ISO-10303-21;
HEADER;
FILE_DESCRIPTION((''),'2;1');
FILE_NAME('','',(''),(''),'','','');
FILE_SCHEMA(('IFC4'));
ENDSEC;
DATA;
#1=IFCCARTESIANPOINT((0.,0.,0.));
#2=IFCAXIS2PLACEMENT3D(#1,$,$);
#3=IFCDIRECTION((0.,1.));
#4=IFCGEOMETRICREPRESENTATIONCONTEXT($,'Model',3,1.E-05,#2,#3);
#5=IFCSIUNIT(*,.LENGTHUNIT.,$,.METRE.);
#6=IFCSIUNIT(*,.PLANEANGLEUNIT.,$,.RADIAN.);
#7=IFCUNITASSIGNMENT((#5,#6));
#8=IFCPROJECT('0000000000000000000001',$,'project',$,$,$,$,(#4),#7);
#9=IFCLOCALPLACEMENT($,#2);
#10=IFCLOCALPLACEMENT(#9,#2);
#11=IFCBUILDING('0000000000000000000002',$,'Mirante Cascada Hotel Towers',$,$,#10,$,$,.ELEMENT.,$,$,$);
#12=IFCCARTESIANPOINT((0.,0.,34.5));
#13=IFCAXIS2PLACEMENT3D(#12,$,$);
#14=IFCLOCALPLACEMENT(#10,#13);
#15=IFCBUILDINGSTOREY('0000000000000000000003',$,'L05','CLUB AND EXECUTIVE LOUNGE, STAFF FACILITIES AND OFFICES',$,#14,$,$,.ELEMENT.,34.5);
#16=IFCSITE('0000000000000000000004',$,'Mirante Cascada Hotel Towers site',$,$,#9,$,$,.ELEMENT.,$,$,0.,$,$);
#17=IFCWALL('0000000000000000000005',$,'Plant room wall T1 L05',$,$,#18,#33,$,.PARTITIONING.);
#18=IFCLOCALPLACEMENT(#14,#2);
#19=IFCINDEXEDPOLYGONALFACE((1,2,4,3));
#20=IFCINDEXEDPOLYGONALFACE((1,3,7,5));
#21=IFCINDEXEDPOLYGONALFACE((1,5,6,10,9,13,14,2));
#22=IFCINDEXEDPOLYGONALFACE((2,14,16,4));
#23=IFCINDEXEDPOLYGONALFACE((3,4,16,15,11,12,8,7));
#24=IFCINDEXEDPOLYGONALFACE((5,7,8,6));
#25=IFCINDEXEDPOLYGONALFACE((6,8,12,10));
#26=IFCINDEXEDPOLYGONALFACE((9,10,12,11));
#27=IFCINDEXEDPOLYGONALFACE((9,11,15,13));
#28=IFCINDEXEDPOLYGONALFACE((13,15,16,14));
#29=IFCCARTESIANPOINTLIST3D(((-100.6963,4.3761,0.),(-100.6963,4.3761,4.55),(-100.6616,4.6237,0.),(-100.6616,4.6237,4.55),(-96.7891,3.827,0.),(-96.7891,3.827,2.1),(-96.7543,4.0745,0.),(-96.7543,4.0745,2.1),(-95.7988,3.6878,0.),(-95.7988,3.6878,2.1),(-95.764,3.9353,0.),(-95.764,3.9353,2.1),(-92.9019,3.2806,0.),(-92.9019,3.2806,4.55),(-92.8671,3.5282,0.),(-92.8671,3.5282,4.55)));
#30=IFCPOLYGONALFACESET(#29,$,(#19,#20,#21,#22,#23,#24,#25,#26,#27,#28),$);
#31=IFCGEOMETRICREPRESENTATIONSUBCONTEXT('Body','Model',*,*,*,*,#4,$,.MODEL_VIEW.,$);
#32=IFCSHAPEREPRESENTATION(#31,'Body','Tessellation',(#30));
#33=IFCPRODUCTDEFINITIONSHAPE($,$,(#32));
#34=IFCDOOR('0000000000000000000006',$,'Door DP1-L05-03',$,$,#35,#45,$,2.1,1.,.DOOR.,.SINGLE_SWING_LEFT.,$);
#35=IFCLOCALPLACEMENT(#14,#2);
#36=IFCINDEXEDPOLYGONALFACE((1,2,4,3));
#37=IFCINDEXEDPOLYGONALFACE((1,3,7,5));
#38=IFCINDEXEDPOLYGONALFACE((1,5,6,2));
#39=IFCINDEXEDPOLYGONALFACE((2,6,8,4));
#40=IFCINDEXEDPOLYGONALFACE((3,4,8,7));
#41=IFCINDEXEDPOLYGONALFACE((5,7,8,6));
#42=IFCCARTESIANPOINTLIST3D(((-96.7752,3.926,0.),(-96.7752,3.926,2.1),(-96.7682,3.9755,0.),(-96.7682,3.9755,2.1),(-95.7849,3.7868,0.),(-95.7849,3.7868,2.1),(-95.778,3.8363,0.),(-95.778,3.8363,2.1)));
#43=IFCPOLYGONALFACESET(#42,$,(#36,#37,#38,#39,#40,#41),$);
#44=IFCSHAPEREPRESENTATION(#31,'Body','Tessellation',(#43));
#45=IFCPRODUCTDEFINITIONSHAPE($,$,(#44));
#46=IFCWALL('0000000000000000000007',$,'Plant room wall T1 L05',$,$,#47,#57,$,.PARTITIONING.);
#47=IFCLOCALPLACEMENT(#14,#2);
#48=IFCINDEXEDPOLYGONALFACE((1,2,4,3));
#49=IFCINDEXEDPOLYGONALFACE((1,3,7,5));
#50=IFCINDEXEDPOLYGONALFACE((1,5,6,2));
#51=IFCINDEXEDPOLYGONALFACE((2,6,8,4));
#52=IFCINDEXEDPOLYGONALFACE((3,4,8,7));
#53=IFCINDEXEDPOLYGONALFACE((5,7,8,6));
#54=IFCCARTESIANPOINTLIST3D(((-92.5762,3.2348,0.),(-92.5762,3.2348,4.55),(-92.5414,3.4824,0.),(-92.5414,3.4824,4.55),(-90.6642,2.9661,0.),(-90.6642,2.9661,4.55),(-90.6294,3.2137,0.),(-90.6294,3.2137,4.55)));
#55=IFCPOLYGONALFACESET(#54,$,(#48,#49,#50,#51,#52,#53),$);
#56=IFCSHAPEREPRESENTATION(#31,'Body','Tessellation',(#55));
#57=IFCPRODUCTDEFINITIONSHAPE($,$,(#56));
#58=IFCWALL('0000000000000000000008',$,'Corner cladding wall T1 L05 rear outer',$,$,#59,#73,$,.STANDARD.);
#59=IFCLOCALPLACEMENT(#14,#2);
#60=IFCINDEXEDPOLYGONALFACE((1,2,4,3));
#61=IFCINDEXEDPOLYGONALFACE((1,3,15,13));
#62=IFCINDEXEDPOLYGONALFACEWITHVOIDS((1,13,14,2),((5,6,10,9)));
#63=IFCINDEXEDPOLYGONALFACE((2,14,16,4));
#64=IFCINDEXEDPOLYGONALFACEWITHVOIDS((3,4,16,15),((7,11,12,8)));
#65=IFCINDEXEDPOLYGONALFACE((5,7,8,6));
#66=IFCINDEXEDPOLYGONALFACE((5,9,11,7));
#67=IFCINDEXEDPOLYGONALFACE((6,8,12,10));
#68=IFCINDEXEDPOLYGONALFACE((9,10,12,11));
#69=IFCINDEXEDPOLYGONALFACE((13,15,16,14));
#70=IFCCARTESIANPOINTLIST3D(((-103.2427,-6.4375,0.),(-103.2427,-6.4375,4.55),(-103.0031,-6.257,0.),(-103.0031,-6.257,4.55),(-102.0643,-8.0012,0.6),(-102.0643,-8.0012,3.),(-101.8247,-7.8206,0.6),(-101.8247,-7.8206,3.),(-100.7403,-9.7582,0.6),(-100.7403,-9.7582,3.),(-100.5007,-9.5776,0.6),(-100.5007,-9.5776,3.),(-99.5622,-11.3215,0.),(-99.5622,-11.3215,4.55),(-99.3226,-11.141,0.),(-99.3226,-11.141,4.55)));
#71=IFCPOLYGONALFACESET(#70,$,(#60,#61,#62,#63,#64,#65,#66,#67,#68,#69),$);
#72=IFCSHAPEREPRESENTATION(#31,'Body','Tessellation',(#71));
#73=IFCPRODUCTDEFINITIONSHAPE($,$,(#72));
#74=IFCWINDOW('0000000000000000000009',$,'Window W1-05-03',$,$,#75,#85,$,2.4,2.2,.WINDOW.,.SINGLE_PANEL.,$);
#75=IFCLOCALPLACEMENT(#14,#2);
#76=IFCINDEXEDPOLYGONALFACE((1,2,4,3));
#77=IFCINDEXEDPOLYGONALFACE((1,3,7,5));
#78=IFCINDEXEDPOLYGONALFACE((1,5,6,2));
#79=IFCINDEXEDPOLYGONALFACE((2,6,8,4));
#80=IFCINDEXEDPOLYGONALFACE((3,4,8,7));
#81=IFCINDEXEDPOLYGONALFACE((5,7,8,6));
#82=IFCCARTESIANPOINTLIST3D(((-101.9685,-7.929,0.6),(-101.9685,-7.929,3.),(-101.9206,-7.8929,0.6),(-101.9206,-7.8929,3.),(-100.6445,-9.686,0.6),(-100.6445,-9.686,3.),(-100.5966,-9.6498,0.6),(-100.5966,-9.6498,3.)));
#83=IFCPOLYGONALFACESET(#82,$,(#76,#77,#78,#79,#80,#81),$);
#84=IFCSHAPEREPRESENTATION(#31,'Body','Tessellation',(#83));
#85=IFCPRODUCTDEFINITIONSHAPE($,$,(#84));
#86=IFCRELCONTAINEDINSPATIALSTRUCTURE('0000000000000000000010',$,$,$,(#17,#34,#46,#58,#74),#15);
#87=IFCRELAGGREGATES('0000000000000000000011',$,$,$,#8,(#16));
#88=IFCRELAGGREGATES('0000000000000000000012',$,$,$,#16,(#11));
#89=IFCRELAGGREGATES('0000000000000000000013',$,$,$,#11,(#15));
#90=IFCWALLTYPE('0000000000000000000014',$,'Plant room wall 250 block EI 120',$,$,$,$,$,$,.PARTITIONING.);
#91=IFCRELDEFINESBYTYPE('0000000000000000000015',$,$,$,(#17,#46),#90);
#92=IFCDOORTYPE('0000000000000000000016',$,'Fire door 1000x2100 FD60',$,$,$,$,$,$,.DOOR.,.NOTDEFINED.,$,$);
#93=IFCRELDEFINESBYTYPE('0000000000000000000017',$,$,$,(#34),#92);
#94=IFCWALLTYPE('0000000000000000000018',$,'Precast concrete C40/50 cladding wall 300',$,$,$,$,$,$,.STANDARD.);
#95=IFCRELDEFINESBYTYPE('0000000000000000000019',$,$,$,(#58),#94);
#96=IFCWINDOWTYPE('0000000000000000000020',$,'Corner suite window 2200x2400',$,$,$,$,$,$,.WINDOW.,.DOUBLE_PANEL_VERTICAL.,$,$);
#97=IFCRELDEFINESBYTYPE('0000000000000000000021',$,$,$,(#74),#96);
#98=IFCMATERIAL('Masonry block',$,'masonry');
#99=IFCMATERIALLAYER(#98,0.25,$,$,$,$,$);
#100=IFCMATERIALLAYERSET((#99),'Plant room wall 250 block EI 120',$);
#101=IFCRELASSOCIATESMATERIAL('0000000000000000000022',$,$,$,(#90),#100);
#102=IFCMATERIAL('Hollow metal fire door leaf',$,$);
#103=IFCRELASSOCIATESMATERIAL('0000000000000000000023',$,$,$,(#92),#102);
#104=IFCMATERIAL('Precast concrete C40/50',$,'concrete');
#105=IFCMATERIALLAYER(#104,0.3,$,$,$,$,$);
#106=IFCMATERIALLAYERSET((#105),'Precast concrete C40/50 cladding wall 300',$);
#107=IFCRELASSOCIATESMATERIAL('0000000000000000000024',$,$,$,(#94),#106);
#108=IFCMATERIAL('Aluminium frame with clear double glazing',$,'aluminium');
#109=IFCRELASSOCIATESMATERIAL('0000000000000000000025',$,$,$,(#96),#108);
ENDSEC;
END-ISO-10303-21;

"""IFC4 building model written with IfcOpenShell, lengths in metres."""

from ifc_helpers import new_model, si_unit, direction, frame, frame_2d, origin, place, context, subcontext, project, spatial, rectangle, extrude, material, layer, layer_set, type_object, element, fill, save


model = new_model("IFC4")

# Units and contexts
model_context = context("Model", 3, precision=1e-05, world=origin(), true_north=direction((0.0, 1.0)))
body_context = subcontext(model_context, "Body", "Model", "MODEL_VIEW")
ifc_project = project(units=[si_unit("LENGTHUNIT", "METRE"), si_unit("PLANEANGLEUNIT", "RADIAN")], contexts=[model_context])

# Site, building, storey
site_placement = place(None, origin())
site = spatial("IfcSite", under=ifc_project, at=site_placement, Name="Mirante Cascada Hotel Towers site", CompositionType="ELEMENT", RefElevation=0.0)
building_placement = place(site_placement, origin())
building = spatial("IfcBuilding", under=site, at=building_placement, Name="Mirante Cascada Hotel Towers", CompositionType="ELEMENT")
storey_placement = place(building_placement, frame((0.0, 0.0, 34.5)))
storey = spatial("IfcBuildingStorey", under=building, at=storey_placement, Name="L05", Description="CLUB AND EXECUTIVE LOUNGE, STAFF FACILITIES AND OFFICES", CompositionType="ELEMENT", Elevation=34.5)

# Shared definitions
ifc_material_1 = material(Name="Masonry block", Category="masonry")
ifc_layer_1 = layer(ifc_material_1, 0.25)
ifc_layer_set_1 = layer_set([ifc_layer_1], Name="Plant room wall 250 block EI 120")
wall_type_1 = type_object("IfcWallType", Name="Plant room wall 250 block EI 120", PredefinedType="PARTITIONING", material=ifc_layer_set_1)

# Wall, opening, door
wall_1_placement = place(storey_placement, frame((-100.679, 4.4999, 0.0), z_axis=(0.0, 0.0, 1.0), x_axis=(0.990267, -0.13918, 0.0)))
wall_1 = element("IfcWall", 1, at=wall_1_placement, inside=storey, type_object=wall_type_1, Name="Plant room wall T1 L05", PredefinedType="PARTITIONING", context=body_context, shape_type="SweptSolid", body=[
    extrude(rectangle(XDim=7.8711, YDim=0.25, at=frame_2d((3.9356, 0.0))), origin(), (0.0, 0.0, 1.0), 4.55),
])
opening_1_placement = place(wall_1_placement, frame((3.9457, 0.0, 0.0)))
opening_1 = element("IfcOpeningElement", 2, at=opening_1_placement, cuts=wall_1, PredefinedType="OPENING", context=body_context, shape_type="SweptSolid", body=[
    extrude(rectangle(XDim=1.0, YDim=2.1, at=frame_2d((0.5, 1.05))), frame((0.0, 0.125, 0.0), z_axis=(0.0, -1.0, 0.0), x_axis=(1.0, 0.0, 0.0)), (0.0, 0.0, 1.0), 0.25),
])
ifc_material_2 = material(Name="Hollow metal fire door leaf")
door_type = type_object("IfcDoorType", Name="Fire door 1000x2100 FD60", OperationType="NOTDEFINED", PredefinedType="DOOR", material=ifc_material_2)
door_placement = place(opening_1_placement, origin())
door = element("IfcDoor", 3, at=door_placement, inside=storey, type_object=door_type, Name="Door DP1-L05-03", OperationType="SINGLE_SWING_LEFT", OverallHeight=2.1, OverallWidth=1.0, PredefinedType="DOOR", context=body_context, shape_type="SweptSolid", body=[
    extrude(rectangle(XDim=1.0, YDim=2.1, at=frame_2d((0.5, 1.05))), frame((0.0, 0.025, 0.0), z_axis=(0.0, -1.0, 0.0), x_axis=(1.0, 0.0, 0.0)), (0.0, 0.0, 1.0), 0.05),
])
fill(opening_1, door)

# Wall
wall_2_placement = place(storey_placement, frame((-92.5588, 3.3586, 0.0), z_axis=(0.0, 0.0, 1.0), x_axis=(0.990269, -0.139166, 0.0)))
element("IfcWall", 4, at=wall_2_placement, inside=storey, type_object=wall_type_1, Name="Plant room wall T1 L05", PredefinedType="PARTITIONING", context=body_context, shape_type="SweptSolid", body=[
    extrude(rectangle(XDim=1.9308, YDim=0.25, at=frame_2d((0.9654, 0.0))), origin(), (0.0, 0.0, 1.0), 4.55),
])

# Wall, opening, window
ifc_material_3 = material(Name="Precast concrete C40/50", Category="concrete")
ifc_layer_2 = layer(ifc_material_3, 0.3)
ifc_layer_set_2 = layer_set([ifc_layer_2], Name="Precast concrete C40/50 cladding wall 300")
wall_type_2 = type_object("IfcWallType", Name="Precast concrete C40/50 cladding wall 300", PredefinedType="STANDARD", material=ifc_layer_set_2)
wall_3_placement = place(storey_placement, frame((-99.4424, -11.2313, 0.0), z_axis=(0.0, 0.0, 1.0), x_axis=(-0.601819, 0.798632, 0.0)))
wall_3 = element("IfcWall", 5, at=wall_3_placement, inside=storey, type_object=wall_type_2, Name="Corner cladding wall T1 L05 rear outer", PredefinedType="STANDARD", context=body_context, shape_type="SweptSolid", body=[
    extrude(rectangle(XDim=6.1155, YDim=0.3, at=frame_2d((3.0578, 0.0))), origin(), (0.0, 0.0, 1.0), 4.55),
])
opening_2_placement = place(wall_3_placement, frame((1.9576, 0.0, 0.6)))
opening_2 = element("IfcOpeningElement", 6, at=opening_2_placement, cuts=wall_3, PredefinedType="OPENING", context=body_context, shape_type="SweptSolid", body=[
    extrude(rectangle(XDim=2.2, YDim=2.4, at=frame_2d((1.1, 1.2))), frame((0.0, 0.15, 0.0), z_axis=(0.0, -1.0, 0.0), x_axis=(1.0, 0.0, 0.0)), (0.0, 0.0, 1.0), 0.3),
])
ifc_material_4 = material(Name="Aluminium frame with clear double glazing", Category="aluminium")
window_type = type_object("IfcWindowType", Name="Corner suite window 2200x2400", PartitioningType="DOUBLE_PANEL_VERTICAL", PredefinedType="WINDOW", material=ifc_material_4)
window_placement = place(opening_2_placement, origin())
window = element("IfcWindow", 7, at=window_placement, inside=storey, type_object=window_type, Name="Window W1-05-03", OverallHeight=2.4, OverallWidth=2.2, PartitioningType="SINGLE_PANEL", PredefinedType="WINDOW", context=body_context, shape_type="SweptSolid", body=[
    extrude(rectangle(XDim=2.2, YDim=2.4, at=frame_2d((1.1, 1.2))), frame((0.0, 0.03, 0.0), z_axis=(0.0, -1.0, 0.0), x_axis=(1.0, 0.0, 0.0)), (0.0, 0.0, 1.0), 0.06),
])
fill(opening_2, window)

save(model, "model.ifc")
